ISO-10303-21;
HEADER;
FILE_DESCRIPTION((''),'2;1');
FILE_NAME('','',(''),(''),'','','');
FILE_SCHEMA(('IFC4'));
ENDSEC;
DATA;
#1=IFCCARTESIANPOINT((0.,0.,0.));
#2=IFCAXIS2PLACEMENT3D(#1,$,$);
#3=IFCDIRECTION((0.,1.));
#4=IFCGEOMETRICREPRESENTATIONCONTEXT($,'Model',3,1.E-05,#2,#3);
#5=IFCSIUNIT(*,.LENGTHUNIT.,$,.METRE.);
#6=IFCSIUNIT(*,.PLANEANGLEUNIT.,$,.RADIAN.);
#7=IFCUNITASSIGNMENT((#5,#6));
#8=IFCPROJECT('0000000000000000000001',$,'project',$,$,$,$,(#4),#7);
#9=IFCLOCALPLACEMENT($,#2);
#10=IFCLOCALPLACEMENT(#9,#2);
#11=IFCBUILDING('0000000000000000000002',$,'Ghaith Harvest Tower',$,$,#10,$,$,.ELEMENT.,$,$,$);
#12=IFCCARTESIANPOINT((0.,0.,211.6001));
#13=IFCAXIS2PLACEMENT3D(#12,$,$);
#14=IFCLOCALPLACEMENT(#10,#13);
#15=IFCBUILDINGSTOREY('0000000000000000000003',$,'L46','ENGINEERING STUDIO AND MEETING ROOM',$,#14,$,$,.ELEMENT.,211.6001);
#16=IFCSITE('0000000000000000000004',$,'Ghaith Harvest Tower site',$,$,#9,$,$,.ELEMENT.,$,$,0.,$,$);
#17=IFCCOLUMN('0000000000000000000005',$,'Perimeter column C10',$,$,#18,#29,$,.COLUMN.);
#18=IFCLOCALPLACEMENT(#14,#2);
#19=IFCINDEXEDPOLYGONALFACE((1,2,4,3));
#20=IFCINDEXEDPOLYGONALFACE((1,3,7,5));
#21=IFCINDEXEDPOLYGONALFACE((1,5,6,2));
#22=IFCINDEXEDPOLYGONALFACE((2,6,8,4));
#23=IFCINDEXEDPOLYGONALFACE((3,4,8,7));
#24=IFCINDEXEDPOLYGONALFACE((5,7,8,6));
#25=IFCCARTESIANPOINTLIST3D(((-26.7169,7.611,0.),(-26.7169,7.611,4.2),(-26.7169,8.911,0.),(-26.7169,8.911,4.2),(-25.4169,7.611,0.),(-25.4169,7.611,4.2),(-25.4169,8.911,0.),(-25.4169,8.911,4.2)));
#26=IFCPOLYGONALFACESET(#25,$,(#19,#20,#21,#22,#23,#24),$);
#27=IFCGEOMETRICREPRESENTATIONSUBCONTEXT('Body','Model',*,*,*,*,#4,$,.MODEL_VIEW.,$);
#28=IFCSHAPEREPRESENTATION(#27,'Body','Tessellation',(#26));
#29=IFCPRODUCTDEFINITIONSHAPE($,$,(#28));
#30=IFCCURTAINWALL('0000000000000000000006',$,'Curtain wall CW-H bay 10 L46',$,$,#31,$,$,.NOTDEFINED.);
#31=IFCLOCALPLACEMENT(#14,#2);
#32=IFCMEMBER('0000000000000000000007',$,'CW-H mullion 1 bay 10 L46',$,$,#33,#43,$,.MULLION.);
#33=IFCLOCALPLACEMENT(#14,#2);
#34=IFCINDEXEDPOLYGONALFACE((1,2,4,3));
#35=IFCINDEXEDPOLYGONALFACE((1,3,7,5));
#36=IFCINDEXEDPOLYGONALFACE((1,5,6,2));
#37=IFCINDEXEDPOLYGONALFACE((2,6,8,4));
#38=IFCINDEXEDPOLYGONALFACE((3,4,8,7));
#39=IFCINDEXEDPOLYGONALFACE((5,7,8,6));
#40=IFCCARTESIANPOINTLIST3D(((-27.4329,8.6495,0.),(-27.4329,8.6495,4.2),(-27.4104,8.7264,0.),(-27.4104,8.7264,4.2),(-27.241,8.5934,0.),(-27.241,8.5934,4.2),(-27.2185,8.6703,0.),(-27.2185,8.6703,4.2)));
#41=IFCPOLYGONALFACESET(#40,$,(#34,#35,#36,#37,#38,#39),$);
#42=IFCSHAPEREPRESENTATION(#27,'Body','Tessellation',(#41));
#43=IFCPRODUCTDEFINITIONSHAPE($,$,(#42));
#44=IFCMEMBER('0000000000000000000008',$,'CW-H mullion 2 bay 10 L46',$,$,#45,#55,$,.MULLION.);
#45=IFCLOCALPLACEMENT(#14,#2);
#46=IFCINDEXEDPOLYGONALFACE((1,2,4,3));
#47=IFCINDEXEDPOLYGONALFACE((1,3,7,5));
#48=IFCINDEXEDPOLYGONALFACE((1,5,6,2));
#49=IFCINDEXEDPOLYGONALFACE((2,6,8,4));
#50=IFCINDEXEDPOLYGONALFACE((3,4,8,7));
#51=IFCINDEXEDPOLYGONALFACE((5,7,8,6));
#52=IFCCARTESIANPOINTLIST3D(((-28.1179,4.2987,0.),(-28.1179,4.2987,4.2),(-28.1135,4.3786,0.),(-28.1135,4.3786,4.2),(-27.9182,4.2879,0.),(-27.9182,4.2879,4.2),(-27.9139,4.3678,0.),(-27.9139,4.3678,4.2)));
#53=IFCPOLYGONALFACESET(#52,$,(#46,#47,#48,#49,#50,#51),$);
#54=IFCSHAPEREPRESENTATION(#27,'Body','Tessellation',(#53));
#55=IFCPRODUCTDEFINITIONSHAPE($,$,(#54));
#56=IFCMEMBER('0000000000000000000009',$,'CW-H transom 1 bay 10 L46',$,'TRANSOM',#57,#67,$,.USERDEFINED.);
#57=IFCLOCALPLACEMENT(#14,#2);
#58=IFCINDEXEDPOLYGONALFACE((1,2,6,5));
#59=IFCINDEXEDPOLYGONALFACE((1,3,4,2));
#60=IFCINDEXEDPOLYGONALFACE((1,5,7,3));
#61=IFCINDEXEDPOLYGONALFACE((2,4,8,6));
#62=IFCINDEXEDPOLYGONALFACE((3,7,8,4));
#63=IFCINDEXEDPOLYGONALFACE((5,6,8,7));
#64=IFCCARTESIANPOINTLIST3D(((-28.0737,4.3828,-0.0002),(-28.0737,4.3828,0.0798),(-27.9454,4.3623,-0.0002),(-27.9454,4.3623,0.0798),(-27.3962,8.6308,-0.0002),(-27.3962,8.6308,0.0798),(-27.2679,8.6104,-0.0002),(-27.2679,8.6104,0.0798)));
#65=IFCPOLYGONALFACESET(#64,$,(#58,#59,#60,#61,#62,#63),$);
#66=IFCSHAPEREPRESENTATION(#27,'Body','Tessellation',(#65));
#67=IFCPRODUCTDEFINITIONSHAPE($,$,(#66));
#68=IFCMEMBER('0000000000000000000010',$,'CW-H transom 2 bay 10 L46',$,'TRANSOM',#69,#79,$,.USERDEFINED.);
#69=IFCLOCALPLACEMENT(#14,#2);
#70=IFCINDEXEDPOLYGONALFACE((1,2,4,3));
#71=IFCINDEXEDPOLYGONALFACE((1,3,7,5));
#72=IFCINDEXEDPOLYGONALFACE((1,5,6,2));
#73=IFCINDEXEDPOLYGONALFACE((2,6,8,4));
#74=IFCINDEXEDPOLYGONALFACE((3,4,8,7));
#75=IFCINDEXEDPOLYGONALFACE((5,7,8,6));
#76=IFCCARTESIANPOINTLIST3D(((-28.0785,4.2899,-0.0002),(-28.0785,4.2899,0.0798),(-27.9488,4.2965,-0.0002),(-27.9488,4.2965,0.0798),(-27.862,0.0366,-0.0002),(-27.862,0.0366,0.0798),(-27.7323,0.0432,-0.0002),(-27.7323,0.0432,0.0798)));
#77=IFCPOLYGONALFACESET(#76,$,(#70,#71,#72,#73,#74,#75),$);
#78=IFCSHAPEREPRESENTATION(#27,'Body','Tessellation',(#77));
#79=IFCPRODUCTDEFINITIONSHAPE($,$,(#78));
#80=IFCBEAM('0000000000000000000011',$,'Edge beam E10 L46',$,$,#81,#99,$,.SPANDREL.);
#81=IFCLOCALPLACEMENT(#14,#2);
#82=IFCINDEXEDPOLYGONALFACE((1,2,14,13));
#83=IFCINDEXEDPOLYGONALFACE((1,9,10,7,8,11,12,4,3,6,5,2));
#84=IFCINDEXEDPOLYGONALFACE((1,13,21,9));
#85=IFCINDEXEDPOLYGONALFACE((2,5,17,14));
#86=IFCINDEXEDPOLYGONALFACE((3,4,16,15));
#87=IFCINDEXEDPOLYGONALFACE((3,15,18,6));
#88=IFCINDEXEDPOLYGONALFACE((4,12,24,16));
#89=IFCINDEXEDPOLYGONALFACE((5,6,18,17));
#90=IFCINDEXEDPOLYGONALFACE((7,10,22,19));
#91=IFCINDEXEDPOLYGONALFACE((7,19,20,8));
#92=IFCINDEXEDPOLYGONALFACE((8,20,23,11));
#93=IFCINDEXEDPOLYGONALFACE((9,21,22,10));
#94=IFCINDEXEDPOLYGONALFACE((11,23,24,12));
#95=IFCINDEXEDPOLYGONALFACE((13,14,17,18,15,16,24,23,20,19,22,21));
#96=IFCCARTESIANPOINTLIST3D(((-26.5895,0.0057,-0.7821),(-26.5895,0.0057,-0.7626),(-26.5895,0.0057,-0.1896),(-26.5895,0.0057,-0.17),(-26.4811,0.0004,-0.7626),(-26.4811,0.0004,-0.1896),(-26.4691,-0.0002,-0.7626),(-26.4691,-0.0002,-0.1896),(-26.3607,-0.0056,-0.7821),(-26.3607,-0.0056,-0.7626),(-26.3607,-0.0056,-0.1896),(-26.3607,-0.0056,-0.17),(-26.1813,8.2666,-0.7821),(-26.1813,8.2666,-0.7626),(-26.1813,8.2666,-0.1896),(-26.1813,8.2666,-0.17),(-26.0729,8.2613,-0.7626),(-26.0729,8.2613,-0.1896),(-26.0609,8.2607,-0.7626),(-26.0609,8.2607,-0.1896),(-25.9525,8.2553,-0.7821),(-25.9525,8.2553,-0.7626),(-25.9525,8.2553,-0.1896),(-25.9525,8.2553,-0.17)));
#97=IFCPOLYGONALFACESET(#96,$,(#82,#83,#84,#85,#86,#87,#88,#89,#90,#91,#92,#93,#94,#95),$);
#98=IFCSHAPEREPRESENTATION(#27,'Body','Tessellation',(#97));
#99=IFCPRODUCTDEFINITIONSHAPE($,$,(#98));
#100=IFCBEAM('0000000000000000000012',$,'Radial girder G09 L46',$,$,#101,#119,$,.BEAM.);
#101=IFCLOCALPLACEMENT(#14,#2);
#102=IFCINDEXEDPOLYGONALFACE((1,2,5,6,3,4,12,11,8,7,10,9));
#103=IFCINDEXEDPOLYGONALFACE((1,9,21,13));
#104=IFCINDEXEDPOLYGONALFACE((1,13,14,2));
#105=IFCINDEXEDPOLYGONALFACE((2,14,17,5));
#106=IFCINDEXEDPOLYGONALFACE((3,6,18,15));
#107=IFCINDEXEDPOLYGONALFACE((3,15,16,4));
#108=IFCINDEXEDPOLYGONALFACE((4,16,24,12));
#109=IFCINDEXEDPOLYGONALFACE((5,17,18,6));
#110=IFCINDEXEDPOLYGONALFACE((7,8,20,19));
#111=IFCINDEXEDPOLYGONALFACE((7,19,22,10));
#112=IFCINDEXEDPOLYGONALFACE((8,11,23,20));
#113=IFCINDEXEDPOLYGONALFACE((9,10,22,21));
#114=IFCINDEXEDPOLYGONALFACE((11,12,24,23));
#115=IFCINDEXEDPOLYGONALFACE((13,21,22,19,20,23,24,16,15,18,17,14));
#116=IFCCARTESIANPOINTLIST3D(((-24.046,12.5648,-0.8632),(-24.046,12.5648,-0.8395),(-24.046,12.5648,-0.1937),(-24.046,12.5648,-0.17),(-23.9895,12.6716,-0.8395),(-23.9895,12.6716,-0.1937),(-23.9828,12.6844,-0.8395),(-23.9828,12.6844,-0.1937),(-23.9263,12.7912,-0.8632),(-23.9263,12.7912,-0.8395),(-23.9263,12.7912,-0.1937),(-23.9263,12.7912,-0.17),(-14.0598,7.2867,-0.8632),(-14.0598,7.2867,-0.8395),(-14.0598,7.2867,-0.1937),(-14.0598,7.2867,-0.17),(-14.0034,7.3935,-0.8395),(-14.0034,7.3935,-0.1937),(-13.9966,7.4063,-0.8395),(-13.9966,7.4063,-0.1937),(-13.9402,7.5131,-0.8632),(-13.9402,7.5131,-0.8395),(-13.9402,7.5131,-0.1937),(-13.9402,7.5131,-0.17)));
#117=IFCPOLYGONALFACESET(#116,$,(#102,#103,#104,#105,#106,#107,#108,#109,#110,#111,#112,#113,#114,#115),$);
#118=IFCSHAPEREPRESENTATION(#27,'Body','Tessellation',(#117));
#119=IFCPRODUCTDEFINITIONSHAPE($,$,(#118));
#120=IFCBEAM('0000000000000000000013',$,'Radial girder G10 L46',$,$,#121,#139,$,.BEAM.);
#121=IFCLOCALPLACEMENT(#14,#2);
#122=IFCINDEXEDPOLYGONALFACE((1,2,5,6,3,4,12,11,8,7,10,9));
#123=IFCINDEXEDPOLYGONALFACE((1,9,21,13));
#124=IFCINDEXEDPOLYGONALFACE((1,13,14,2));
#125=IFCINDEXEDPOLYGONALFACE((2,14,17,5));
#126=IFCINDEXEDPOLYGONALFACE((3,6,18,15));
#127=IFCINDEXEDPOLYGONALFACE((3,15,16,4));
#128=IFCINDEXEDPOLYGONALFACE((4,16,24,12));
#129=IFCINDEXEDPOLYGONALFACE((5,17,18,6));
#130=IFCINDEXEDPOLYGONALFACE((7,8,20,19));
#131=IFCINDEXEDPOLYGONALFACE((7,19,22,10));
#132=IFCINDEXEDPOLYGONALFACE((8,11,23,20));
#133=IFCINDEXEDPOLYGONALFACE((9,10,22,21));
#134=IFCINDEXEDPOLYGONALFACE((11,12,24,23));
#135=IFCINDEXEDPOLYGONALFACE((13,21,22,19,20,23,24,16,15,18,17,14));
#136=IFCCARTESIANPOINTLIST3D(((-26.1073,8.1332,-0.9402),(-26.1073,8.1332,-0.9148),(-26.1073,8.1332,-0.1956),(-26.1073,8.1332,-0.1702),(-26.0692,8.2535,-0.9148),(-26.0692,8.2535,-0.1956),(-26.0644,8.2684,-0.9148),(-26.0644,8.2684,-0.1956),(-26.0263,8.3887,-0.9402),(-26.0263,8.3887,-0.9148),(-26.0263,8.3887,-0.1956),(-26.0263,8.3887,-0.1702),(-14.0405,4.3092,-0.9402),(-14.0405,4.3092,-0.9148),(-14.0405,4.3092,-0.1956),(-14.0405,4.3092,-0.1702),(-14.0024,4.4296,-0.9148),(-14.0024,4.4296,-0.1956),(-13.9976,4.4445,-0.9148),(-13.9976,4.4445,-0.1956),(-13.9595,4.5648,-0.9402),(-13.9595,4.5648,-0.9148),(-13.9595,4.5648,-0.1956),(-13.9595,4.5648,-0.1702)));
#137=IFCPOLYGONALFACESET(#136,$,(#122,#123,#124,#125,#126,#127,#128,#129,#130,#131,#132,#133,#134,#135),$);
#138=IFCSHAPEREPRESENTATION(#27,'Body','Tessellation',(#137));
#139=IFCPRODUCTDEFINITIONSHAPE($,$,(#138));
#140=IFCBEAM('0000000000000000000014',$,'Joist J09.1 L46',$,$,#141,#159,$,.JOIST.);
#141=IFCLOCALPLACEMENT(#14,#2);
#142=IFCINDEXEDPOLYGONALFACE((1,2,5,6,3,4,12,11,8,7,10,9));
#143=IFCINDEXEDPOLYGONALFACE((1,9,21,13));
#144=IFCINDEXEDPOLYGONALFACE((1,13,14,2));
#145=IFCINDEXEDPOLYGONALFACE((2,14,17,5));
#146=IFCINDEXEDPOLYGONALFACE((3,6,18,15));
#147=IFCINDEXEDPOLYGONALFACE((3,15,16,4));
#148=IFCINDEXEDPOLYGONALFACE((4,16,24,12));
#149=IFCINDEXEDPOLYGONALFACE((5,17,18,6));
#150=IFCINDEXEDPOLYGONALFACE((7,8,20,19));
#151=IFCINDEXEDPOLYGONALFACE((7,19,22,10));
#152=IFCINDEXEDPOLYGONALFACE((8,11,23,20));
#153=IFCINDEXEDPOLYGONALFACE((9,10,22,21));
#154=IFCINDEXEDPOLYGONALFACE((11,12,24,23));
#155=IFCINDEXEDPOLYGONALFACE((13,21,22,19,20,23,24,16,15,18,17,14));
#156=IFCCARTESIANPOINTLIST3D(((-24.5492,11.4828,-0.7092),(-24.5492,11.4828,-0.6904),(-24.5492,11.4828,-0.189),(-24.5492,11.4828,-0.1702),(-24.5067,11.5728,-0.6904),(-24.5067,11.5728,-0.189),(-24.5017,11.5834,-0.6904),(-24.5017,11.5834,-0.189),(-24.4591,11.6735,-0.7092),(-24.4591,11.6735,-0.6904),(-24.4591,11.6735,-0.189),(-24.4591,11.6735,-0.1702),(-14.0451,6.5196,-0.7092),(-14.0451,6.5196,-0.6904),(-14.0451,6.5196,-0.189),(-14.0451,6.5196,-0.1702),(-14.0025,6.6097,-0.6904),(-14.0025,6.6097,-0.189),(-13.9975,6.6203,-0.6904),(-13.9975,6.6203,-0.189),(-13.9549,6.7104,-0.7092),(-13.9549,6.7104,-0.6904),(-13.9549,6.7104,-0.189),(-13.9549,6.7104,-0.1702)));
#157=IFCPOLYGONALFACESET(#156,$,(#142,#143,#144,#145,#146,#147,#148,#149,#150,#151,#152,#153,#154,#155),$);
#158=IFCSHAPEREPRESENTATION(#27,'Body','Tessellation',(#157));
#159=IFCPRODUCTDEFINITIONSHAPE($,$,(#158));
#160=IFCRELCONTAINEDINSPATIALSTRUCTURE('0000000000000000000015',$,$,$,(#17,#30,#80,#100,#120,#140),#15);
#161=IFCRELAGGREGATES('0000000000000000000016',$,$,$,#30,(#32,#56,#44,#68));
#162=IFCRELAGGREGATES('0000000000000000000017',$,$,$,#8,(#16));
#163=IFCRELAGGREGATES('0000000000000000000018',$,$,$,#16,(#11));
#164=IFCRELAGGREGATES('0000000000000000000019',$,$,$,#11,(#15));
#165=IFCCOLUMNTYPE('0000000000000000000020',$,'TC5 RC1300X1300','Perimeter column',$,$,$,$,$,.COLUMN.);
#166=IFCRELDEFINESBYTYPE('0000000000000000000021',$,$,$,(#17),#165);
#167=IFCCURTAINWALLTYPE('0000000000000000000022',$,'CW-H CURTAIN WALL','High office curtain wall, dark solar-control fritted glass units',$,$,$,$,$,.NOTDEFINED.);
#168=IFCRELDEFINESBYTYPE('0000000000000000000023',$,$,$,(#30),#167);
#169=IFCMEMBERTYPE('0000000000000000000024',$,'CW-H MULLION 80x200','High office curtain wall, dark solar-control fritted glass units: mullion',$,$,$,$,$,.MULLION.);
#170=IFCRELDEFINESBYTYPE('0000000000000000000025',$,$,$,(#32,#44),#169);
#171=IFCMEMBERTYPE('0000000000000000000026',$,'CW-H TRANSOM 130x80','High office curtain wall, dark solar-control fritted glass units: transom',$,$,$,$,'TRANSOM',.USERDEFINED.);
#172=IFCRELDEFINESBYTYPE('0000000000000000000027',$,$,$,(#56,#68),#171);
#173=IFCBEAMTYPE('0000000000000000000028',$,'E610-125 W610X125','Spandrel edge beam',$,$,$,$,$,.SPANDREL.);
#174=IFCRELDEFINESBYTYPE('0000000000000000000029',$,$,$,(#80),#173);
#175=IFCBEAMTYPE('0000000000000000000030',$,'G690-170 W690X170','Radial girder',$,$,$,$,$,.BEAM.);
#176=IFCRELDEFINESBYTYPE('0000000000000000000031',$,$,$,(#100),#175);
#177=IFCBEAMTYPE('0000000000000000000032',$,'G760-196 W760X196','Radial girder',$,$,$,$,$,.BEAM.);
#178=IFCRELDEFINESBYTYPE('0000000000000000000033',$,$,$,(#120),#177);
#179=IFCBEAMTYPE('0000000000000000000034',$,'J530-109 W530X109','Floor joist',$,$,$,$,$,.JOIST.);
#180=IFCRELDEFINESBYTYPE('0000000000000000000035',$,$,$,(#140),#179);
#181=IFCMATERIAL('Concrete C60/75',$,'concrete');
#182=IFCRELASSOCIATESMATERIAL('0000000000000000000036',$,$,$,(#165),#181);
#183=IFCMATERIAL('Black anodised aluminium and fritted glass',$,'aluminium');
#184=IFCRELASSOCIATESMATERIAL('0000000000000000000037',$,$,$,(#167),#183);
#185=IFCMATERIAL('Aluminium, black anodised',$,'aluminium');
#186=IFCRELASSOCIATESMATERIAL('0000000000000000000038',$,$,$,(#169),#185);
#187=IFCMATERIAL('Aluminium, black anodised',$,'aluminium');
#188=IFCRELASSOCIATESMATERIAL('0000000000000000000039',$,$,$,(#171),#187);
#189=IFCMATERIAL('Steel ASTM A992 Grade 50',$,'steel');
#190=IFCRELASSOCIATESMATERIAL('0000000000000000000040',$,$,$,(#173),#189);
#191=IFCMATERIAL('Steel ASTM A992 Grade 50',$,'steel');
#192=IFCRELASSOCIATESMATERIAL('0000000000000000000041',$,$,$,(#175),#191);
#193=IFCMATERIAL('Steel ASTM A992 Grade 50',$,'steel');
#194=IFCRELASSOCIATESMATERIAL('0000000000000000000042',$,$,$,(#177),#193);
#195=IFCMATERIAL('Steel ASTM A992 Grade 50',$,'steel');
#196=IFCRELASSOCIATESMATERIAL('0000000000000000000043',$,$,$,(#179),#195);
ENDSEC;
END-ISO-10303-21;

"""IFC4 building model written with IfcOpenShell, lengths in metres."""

from ifc_helpers import new_model, si_unit, direction, frame, origin, origin_2d, place, context, subcontext, project, spatial, rectangle, i_section, extrude, material, material_profile, profile_set, type_object, element, aggregate, save


model = new_model("IFC4")

# Units and contexts
model_context = context("Model", 3, precision=1e-05, world=origin(), true_north=direction((0.0, 1.0)))
body_context = subcontext(model_context, "Body", "Model", "MODEL_VIEW")
ifc_project = project(units=[si_unit("LENGTHUNIT", "METRE"), si_unit("PLANEANGLEUNIT", "RADIAN")], contexts=[model_context])

# Site, building, storey
site_placement = place(None, origin())
site = spatial("IfcSite", under=ifc_project, at=site_placement, Name="Ghaith Harvest Tower site", CompositionType="ELEMENT", RefElevation=0.0)
building_placement = place(site_placement, origin())
building = spatial("IfcBuilding", under=site, at=building_placement, Name="Ghaith Harvest Tower", CompositionType="ELEMENT")
storey_placement = place(building_placement, frame((0.0, 0.0, 211.6001)))
storey = spatial("IfcBuildingStorey", under=building, at=storey_placement, Name="L46", Description="ENGINEERING STUDIO AND MEETING ROOM", CompositionType="ELEMENT", Elevation=211.6001)

# Column
ifc_material_1 = material(Name="Concrete C60/75", Category="concrete")
ifc_material_profile_1 = material_profile(ifc_material_1, rectangle(XDim=1.3, YDim=1.3, at=origin_2d()), Name="RC1300X1300")
ifc_profile_set_1 = profile_set([ifc_material_profile_1], Name="Concrete C60/75")
column_type = type_object("IfcColumnType", Name="TC5 RC1300X1300", Description="Perimeter column", PredefinedType="COLUMN", material=ifc_profile_set_1)
column_placement = place(storey_placement, frame((-26.0669, 8.261, 0.0), z_axis=(0.0, 0.0, 1.0), x_axis=(1.0, 0.0, 0.0)))
element("IfcColumn", 1, at=column_placement, inside=storey, type_object=column_type, Name="Perimeter column C10", PredefinedType="COLUMN", context=body_context, shape_type="SweptSolid", body=[
    extrude(rectangle(XDim=1.3, YDim=1.3, at=origin_2d()), origin(), (0.0, 0.0, 1.0), 4.2),
])

# Curtain wall, members
ifc_material_2 = material(Name="Black anodised aluminium and fritted glass", Category="aluminium")
curtain_wall_type = type_object("IfcCurtainWallType", Name="CW-H CURTAIN WALL", Description="High office curtain wall, dark solar-control fritted glass units", PredefinedType="NOTDEFINED", material=ifc_material_2)
curtain_wall_placement = place(storey_placement, origin())
curtain_wall = element("IfcCurtainWall", 2, at=curtain_wall_placement, inside=storey, type_object=curtain_wall_type, Name="Curtain wall CW-H bay 10 L46", PredefinedType="NOTDEFINED")
ifc_material_3 = material(Name="Aluminium, black anodised", Category="aluminium")
ifc_material_profile_2 = material_profile(ifc_material_3, rectangle(XDim=0.0801, YDim=0.2, at=origin_2d()), Name="CW-H MULLION 80x200")
ifc_profile_set_2 = profile_set([ifc_material_profile_2], Name="Aluminium, black anodised")
member_type_1 = type_object("IfcMemberType", Name="CW-H MULLION 80x200", Description="High office curtain wall, dark solar-control fritted glass units: mullion", PredefinedType="MULLION", material=ifc_profile_set_2)
member_1_placement = place(storey_placement, frame((-27.3257, 8.6599, 0.0), z_axis=(0.0, 0.0, 1.0), x_axis=(-0.28052, -0.959848, 0.0)))
member_1 = element("IfcMember", 3, at=member_1_placement, type_object=member_type_1, Name="CW-H mullion 1 bay 10 L46", PredefinedType="MULLION", context=body_context, shape_type="SweptSolid", body=[
    extrude(rectangle(XDim=0.0801, YDim=0.2, at=origin_2d()), origin(), (0.0, 0.0, 1.0), 4.2),
])
member_2_placement = place(storey_placement, frame((-28.0159, 4.3333, 0.0), z_axis=(0.0, 0.0, 1.0), x_axis=(-0.054116, -0.998535, 0.0)))
member_2 = element("IfcMember", 4, at=member_2_placement, type_object=member_type_1, Name="CW-H mullion 2 bay 10 L46", PredefinedType="MULLION", context=body_context, shape_type="SweptSolid", body=[
    extrude(rectangle(XDim=0.0801, YDim=0.2, at=origin_2d()), origin(), (0.0, 0.0, 1.0), 4.2),
])
ifc_material_4 = material(Name="Aluminium, black anodised", Category="aluminium")
ifc_material_profile_3 = material_profile(ifc_material_4, rectangle(XDim=0.1299, YDim=0.0801, at=origin_2d()), Name="CW-H TRANSOM 130x80")
ifc_profile_set_3 = profile_set([ifc_material_profile_3], Name="Aluminium, black anodised")
member_type_2 = type_object("IfcMemberType", Name="CW-H TRANSOM 130x80", Description="High office curtain wall, dark solar-control fritted glass units: transom", ElementType="TRANSOM", PredefinedType="USERDEFINED", material=ifc_profile_set_3)
member_3_placement = place(storey_placement, frame((-27.332, 8.6206, 0.0398), z_axis=(-0.157492, -0.98752, 0.0), x_axis=(0.98752, -0.157492, 0.0)))
member_3 = element("IfcMember", 5, at=member_3_placement, type_object=member_type_2, Name="CW-H transom 1 bay 10 L46", ObjectType="TRANSOM", PredefinedType="USERDEFINED", context=body_context, shape_type="SweptSolid", body=[
    extrude(rectangle(XDim=0.1299, YDim=0.0801, at=origin_2d()), origin(), (0.0, 0.0, 1.0), 4.3018),
])
member_4_placement = place(storey_placement, frame((-28.0137, 4.2932, 0.0398), z_axis=(0.05085, -0.998706, 0.0), x_axis=(0.998706, 0.05085, 0.0)))
member_4 = element("IfcMember", 6, at=member_4_placement, type_object=member_type_2, Name="CW-H transom 2 bay 10 L46", ObjectType="TRANSOM", PredefinedType="USERDEFINED", context=body_context, shape_type="SweptSolid", body=[
    extrude(rectangle(XDim=0.1299, YDim=0.0801, at=origin_2d()), origin(), (0.0, 0.0, 1.0), 4.2588),
])

# Beams
ifc_material_5 = material(Name="Steel ASTM A992 Grade 50", Category="steel")
ifc_material_profile_4 = material_profile(ifc_material_5, i_section(OverallWidth=0.229, OverallDepth=0.6121, WebThickness=0.012, FlangeThickness=0.0195, at=origin_2d()), Name="W610X125")
ifc_profile_set_4 = profile_set([ifc_material_profile_4], Name="Steel ASTM A992 Grade 50")
beam_type_1 = type_object("IfcBeamType", Name="E610-125 W610X125", Description="Spandrel edge beam", PredefinedType="SPANDREL", material=ifc_profile_set_4)
beam_1_placement = place(storey_placement, frame((-26.0669, 8.261, -0.4761), z_axis=(-0.049353, -0.998781, 0.0), x_axis=(0.998781, -0.049353, 0.0)))
element("IfcBeam", 7, at=beam_1_placement, inside=storey, type_object=beam_type_1, Name="Edge beam E10 L46", PredefinedType="SPANDREL", context=body_context, shape_type="SweptSolid", body=[
    extrude(i_section(OverallWidth=0.229, OverallDepth=0.6121, WebThickness=0.012, FlangeThickness=0.0195, at=origin_2d()), origin(), (0.0, 0.0, 1.0), 8.271),
])
ifc_material_6 = material(Name="Steel ASTM A992 Grade 50", Category="steel")
ifc_material_profile_5 = material_profile(ifc_material_6, i_section(OverallWidth=0.2561, OverallDepth=0.6931, WebThickness=0.0144, FlangeThickness=0.0237, at=origin_2d()), Name="W690X170")
ifc_profile_set_5 = profile_set([ifc_material_profile_5], Name="Steel ASTM A992 Grade 50")
beam_type_2 = type_object("IfcBeamType", Name="G690-170 W690X170", Description="Radial girder", PredefinedType="BEAM", material=ifc_profile_set_5)
beam_2_placement = place(storey_placement, frame((-14.0, 7.3999, -0.5166), z_axis=(-0.884105, 0.467288, 0.0), x_axis=(-0.467288, -0.884105, 0.0)))
element("IfcBeam", 8, at=beam_2_placement, inside=storey, type_object=beam_type_2, Name="Radial girder G09 L46", PredefinedType="BEAM", context=body_context, shape_type="SweptSolid", body=[
    extrude(i_section(OverallWidth=0.2561, OverallDepth=0.6931, WebThickness=0.0144, FlangeThickness=0.0237, at=origin_2d()), origin(), (0.0, 0.0, 1.0), 11.2952),
])
ifc_material_7 = material(Name="Steel ASTM A992 Grade 50", Category="steel")
ifc_material_profile_6 = material_profile(ifc_material_7, i_section(OverallWidth=0.2681, OverallDepth=0.77, WebThickness=0.0156, FlangeThickness=0.0254, at=origin_2d()), Name="W760X196")
ifc_profile_set_6 = profile_set([ifc_material_profile_6], Name="Steel ASTM A992 Grade 50")
beam_type_3 = type_object("IfcBeamType", Name="G760-196 W760X196", Description="Radial girder", PredefinedType="BEAM", material=ifc_profile_set_6)
beam_3_placement = place(storey_placement, frame((-14.0, 4.437, -0.5552), z_axis=(-0.953279, 0.302092, 0.0), x_axis=(-0.302092, -0.953279, 0.0)))
element("IfcBeam", 9, at=beam_3_placement, inside=storey, type_object=beam_type_3, Name="Radial girder G10 L46", PredefinedType="BEAM", context=body_context, shape_type="SweptSolid", body=[
    extrude(i_section(OverallWidth=0.2681, OverallDepth=0.77, WebThickness=0.0156, FlangeThickness=0.0254, at=origin_2d()), origin(), (0.0, 0.0, 1.0), 12.6582),
])
ifc_material_8 = material(Name="Steel ASTM A992 Grade 50", Category="steel")
ifc_material_profile_7 = material_profile(ifc_material_8, i_section(OverallWidth=0.2109, OverallDepth=0.5391, WebThickness=0.0117, FlangeThickness=0.0188, at=origin_2d()), Name="W530X109")
ifc_profile_set_7 = profile_set([ifc_material_profile_7], Name="Steel ASTM A992 Grade 50")
beam_type_4 = type_object("IfcBeamType", Name="J530-109 W530X109", Description="Floor joist", PredefinedType="JOIST", material=ifc_profile_set_7)
beam_4_placement = place(storey_placement, frame((-14.0, 6.615, -0.4397), z_axis=(-0.904154, 0.427206, 0.0), x_axis=(-0.427206, -0.904154, 0.0)))
element("IfcBeam", 10, at=beam_4_placement, inside=storey, type_object=beam_type_4, Name="Joist J09.1 L46", PredefinedType="JOIST", context=body_context, shape_type="SweptSolid", body=[
    extrude(i_section(OverallWidth=0.2109, OverallDepth=0.5391, WebThickness=0.0117, FlangeThickness=0.0188, at=origin_2d()), origin(), (0.0, 0.0, 1.0), 11.6177),
])

aggregate(curtain_wall, [member_1, member_3, member_2, member_4])

save(model, "model.ifc")
